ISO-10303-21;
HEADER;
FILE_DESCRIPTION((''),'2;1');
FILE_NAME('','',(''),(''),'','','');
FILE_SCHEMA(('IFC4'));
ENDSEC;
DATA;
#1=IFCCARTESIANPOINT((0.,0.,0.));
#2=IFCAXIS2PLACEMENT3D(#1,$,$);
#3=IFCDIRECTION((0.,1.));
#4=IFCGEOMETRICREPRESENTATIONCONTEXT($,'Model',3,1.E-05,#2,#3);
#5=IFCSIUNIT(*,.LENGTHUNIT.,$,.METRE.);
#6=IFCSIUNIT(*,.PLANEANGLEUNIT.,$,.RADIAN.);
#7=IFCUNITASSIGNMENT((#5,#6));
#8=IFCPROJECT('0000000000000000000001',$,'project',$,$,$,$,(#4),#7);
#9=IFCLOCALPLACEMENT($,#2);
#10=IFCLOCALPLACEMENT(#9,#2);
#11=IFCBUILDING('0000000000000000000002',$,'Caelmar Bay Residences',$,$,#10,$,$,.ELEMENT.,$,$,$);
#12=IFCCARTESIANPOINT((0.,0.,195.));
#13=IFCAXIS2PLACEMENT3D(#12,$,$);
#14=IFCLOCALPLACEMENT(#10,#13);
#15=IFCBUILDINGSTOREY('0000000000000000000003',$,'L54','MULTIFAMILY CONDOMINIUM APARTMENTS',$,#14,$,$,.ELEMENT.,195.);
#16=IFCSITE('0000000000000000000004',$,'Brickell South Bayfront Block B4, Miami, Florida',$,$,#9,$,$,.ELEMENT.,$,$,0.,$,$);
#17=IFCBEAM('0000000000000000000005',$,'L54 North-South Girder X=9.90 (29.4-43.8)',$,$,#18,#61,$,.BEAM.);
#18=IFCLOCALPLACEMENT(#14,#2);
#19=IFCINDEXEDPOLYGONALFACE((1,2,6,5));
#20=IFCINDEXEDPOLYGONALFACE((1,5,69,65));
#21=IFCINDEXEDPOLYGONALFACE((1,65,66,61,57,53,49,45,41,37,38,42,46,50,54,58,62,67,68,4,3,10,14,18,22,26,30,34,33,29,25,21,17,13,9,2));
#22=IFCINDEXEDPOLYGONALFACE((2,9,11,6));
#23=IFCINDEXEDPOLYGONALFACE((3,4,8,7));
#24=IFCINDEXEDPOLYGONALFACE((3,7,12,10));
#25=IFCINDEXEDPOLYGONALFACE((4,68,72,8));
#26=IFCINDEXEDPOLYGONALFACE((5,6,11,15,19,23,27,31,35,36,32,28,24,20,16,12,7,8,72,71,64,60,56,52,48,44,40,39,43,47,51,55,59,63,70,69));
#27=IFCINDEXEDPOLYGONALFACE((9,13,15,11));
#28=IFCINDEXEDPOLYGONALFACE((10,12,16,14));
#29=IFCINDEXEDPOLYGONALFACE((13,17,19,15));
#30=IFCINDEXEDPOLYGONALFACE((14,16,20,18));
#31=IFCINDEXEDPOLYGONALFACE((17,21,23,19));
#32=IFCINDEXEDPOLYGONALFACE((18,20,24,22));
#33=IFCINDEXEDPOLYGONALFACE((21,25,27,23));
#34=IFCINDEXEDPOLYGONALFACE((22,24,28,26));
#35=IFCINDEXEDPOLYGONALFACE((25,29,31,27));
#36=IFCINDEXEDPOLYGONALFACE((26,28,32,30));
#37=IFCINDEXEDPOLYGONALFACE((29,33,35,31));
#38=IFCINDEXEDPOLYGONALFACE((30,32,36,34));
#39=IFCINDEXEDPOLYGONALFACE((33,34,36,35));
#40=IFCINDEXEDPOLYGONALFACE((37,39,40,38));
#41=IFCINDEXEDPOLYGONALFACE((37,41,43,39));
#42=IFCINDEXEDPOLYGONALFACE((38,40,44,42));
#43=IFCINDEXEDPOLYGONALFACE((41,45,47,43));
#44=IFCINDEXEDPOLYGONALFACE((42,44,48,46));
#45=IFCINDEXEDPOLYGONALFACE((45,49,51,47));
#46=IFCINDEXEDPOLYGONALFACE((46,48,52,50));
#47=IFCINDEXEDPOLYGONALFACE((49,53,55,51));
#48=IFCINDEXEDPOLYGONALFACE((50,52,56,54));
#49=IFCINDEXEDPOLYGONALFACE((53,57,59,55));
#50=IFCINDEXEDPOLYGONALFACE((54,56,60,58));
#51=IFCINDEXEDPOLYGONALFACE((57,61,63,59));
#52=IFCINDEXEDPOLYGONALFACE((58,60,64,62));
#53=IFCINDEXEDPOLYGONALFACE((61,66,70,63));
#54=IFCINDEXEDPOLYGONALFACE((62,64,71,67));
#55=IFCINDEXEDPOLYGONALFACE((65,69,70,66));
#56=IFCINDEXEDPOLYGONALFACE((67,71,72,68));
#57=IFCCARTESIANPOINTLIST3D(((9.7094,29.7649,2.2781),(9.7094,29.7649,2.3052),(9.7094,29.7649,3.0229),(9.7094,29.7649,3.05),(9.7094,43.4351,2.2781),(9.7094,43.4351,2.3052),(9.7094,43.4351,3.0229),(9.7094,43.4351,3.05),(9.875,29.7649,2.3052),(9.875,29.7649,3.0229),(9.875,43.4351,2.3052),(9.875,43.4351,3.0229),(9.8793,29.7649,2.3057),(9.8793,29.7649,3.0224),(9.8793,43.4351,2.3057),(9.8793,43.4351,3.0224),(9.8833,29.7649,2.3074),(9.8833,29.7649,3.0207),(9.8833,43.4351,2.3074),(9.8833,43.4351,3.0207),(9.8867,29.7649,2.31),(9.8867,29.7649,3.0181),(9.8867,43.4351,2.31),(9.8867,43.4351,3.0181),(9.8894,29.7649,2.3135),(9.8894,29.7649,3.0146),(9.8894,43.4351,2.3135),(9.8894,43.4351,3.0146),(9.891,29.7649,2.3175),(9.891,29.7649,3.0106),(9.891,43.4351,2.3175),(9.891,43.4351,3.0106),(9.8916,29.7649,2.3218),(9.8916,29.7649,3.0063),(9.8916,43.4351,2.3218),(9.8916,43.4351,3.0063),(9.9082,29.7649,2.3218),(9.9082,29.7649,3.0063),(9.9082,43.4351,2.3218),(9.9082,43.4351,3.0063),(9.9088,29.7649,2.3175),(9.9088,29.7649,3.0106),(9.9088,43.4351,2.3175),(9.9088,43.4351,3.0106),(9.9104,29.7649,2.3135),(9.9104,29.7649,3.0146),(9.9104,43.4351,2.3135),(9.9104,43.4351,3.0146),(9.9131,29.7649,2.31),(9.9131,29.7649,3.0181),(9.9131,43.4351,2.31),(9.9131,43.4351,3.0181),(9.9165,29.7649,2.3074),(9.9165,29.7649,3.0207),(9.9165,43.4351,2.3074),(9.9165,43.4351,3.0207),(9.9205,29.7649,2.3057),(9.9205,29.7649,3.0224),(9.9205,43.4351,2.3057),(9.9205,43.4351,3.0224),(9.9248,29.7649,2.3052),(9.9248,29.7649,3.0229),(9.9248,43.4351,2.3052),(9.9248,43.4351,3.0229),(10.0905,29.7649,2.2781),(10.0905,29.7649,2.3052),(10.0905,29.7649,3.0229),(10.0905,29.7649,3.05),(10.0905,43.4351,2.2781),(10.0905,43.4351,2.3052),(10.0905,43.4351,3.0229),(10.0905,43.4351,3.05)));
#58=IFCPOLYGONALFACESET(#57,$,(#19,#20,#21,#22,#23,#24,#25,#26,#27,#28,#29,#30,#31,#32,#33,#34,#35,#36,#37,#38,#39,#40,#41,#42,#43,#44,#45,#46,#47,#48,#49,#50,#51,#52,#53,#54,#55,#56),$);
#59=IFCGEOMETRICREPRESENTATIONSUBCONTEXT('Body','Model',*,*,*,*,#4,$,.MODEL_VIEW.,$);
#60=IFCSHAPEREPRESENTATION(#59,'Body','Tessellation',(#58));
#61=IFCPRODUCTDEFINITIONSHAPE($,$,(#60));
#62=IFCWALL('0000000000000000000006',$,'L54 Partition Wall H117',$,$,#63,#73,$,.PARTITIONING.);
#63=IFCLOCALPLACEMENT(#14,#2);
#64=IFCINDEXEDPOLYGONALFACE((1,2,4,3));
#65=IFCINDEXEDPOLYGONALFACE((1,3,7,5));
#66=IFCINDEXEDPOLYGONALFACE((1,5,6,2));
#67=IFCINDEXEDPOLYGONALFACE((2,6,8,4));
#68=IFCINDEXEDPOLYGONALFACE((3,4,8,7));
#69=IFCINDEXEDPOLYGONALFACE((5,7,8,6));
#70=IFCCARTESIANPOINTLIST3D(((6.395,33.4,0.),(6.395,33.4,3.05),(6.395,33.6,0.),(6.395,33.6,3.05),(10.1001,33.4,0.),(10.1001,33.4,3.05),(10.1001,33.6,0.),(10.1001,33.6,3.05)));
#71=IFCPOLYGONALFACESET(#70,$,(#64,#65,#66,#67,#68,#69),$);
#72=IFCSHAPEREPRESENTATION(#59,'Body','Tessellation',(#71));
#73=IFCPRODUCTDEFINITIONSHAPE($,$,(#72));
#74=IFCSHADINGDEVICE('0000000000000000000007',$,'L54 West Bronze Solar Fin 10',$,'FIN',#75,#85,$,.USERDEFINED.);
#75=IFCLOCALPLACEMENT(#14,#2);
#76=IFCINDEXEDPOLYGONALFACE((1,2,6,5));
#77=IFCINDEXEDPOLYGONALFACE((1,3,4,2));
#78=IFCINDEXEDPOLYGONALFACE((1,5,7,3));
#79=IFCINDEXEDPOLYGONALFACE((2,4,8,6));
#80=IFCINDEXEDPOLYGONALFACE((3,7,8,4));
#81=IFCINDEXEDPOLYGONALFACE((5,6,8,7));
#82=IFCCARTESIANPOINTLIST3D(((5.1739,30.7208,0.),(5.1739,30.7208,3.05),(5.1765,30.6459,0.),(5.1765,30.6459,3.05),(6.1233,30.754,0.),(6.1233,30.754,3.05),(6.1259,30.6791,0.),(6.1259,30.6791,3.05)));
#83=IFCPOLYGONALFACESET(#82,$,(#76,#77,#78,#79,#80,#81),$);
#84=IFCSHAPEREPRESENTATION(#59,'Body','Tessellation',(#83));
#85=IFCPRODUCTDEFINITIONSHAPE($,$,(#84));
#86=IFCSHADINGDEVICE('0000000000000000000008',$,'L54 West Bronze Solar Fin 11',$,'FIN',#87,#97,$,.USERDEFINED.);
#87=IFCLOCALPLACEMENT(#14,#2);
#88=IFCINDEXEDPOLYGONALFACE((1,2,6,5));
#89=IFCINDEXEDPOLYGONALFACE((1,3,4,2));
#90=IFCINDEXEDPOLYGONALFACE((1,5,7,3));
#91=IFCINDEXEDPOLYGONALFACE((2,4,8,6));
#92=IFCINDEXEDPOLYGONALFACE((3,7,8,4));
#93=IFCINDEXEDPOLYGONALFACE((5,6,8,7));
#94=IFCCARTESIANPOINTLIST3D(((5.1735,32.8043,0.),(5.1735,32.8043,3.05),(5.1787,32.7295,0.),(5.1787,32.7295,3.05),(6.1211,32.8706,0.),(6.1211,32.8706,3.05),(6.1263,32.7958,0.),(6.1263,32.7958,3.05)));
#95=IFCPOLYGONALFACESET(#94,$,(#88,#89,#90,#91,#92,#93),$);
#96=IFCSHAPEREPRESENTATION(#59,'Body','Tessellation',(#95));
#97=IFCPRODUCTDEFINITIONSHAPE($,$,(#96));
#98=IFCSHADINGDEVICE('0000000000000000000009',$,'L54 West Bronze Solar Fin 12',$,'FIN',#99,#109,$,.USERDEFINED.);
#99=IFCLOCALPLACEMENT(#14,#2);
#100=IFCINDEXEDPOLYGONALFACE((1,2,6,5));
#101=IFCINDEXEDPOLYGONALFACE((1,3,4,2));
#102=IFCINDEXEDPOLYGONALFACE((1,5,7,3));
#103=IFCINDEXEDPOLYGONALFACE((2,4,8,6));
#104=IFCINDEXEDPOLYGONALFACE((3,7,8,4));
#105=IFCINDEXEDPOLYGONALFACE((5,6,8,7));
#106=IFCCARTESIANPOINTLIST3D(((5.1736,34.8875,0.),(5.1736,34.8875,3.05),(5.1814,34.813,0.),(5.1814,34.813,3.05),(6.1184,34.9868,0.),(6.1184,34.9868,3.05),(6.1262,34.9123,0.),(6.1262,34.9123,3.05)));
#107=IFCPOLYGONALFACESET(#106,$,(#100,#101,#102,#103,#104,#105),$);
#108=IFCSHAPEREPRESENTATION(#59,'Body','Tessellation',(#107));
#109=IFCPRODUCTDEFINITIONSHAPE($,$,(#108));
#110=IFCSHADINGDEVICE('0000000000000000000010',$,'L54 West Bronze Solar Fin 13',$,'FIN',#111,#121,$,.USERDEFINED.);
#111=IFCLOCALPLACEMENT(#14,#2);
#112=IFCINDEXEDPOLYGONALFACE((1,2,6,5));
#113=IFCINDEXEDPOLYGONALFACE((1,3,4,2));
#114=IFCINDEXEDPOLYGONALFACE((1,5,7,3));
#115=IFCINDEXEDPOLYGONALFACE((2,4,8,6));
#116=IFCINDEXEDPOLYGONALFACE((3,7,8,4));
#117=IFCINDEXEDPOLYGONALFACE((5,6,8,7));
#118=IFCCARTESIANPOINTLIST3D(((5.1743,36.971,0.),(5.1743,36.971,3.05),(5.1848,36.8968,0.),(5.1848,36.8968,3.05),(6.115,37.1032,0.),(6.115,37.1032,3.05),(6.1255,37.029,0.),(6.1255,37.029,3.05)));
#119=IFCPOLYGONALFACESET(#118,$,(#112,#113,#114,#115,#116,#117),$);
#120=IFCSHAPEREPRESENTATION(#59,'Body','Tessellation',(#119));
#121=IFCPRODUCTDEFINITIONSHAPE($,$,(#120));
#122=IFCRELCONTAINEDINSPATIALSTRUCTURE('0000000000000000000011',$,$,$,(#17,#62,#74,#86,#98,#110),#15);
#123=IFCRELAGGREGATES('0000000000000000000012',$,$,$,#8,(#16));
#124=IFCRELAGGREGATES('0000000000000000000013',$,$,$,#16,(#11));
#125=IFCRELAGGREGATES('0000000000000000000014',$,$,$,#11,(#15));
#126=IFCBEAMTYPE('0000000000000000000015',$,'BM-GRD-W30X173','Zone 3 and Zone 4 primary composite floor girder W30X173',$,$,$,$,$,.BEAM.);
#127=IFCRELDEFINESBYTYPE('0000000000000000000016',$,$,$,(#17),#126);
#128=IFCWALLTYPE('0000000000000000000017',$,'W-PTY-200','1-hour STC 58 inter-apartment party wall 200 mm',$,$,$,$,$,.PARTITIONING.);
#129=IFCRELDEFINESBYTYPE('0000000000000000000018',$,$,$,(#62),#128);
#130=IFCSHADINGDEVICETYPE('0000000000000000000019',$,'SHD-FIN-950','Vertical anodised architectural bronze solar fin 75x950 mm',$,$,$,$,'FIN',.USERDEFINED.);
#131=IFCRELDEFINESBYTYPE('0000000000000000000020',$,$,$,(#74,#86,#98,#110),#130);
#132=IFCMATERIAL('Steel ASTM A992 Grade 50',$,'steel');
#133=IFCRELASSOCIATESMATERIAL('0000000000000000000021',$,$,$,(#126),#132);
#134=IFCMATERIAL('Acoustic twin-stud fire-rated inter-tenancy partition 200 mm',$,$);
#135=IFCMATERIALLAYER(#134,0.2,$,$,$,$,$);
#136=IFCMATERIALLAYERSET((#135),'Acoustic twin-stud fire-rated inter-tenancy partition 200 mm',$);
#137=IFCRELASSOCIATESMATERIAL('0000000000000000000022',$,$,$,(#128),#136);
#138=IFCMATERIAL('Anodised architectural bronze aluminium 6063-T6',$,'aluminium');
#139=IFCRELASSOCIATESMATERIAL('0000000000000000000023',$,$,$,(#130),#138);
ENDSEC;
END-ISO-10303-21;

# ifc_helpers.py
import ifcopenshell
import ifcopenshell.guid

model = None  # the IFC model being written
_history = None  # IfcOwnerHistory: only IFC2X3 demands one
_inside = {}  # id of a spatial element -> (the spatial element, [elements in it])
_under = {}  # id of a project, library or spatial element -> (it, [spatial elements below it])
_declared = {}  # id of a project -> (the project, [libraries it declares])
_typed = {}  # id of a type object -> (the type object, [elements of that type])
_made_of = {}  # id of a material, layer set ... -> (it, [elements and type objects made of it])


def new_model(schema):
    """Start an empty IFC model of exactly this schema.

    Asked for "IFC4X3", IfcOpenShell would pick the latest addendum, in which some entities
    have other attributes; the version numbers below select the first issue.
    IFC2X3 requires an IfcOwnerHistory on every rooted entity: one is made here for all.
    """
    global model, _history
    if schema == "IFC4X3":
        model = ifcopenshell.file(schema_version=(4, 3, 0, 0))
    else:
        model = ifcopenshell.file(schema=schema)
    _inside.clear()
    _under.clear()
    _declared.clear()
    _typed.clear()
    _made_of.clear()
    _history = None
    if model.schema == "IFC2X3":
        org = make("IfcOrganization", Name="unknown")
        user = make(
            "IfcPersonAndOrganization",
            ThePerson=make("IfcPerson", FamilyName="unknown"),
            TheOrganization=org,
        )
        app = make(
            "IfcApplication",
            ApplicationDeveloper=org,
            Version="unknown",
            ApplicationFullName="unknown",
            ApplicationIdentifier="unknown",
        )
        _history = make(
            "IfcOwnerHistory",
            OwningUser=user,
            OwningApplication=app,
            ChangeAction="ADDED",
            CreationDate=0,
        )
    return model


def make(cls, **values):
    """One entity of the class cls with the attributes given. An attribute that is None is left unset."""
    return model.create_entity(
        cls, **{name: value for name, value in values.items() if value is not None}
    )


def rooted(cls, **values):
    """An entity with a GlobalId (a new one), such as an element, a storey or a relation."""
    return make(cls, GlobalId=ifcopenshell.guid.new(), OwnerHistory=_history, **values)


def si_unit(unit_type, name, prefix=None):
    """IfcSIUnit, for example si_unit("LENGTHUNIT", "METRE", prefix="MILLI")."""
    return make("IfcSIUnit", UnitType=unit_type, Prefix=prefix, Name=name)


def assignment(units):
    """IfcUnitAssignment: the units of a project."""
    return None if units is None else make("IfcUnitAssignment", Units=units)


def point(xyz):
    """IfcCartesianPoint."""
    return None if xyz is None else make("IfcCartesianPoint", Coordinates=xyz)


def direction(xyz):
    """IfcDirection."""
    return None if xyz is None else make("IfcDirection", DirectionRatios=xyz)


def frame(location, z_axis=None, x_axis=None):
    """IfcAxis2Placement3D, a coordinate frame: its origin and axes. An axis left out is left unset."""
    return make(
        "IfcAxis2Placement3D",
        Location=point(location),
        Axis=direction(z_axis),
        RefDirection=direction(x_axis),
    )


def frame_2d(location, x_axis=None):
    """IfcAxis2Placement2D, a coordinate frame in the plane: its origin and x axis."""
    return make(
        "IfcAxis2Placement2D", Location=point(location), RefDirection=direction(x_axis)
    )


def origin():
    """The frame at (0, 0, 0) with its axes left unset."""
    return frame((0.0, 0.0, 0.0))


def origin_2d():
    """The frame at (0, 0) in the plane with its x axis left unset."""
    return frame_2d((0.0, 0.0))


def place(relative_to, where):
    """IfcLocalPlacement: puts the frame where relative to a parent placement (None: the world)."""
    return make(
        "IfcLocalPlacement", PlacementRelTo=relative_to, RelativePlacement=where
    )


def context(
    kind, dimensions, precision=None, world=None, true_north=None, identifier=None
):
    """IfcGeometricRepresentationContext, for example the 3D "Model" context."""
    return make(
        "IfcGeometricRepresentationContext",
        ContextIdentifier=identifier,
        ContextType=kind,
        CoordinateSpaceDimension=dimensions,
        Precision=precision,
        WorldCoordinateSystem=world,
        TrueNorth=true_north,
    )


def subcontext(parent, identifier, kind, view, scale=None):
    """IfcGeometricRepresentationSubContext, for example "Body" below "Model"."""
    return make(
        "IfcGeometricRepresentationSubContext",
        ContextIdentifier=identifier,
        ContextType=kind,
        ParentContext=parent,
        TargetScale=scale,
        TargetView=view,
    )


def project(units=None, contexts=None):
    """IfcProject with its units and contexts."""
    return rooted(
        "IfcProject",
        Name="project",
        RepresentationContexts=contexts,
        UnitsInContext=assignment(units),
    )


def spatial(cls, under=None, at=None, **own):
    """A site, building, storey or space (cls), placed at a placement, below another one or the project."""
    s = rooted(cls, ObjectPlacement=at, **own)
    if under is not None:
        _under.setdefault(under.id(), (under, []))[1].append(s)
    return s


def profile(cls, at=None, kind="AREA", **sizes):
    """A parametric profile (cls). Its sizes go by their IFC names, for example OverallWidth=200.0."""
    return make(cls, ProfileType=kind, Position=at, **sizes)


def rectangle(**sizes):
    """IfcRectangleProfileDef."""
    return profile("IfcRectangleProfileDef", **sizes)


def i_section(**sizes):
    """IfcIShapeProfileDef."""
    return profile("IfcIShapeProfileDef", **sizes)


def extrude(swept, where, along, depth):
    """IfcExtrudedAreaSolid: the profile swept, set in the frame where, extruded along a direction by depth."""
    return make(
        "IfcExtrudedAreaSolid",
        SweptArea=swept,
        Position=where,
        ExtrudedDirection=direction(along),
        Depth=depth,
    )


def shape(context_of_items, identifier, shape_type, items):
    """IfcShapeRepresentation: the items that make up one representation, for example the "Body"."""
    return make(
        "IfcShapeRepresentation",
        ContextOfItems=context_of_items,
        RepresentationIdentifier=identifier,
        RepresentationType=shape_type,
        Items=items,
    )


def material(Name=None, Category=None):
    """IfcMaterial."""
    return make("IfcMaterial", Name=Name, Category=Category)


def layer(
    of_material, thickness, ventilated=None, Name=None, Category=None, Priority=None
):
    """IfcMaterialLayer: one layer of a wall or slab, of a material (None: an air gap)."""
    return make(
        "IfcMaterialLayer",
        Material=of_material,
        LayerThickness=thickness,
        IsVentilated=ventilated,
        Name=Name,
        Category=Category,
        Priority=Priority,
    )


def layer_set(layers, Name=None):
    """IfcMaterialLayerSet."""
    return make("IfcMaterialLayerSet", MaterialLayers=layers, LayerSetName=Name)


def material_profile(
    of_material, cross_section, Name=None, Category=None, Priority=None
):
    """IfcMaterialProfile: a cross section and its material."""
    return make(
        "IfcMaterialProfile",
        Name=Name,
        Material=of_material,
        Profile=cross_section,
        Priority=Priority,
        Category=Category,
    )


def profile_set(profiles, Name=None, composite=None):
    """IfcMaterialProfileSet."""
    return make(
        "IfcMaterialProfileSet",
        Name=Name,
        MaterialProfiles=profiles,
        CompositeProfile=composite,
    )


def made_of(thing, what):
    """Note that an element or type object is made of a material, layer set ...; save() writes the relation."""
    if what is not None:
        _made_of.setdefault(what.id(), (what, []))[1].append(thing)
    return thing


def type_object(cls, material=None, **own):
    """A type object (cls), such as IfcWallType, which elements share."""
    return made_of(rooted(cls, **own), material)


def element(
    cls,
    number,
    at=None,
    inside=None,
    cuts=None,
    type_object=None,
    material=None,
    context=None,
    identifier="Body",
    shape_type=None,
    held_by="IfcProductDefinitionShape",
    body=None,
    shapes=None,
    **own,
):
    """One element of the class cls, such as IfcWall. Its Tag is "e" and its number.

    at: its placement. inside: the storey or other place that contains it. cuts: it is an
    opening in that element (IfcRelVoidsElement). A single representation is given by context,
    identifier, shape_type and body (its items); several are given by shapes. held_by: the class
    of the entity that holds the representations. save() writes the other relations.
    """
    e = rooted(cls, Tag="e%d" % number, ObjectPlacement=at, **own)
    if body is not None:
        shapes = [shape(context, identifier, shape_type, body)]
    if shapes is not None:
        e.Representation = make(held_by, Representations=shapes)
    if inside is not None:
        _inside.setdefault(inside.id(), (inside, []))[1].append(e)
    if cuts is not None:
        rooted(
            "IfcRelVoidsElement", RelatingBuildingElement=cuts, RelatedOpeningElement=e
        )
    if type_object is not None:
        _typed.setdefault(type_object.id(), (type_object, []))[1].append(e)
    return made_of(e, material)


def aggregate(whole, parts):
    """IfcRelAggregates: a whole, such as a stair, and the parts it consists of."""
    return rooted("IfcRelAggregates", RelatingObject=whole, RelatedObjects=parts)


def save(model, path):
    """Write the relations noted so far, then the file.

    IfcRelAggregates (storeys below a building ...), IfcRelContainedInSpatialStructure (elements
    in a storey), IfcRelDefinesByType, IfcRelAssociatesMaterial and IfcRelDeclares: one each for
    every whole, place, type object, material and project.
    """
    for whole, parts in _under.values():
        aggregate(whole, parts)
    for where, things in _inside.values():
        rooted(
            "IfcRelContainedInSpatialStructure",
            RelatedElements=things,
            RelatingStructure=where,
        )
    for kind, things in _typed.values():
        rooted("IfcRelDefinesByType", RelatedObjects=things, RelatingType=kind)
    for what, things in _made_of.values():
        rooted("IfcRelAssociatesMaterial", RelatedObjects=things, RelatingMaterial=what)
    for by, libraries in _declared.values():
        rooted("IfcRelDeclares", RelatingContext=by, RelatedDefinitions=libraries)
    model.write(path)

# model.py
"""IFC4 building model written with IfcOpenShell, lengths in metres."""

from ifc_helpers import new_model, si_unit, direction, frame, frame_2d, origin, origin_2d, place, context, subcontext, project, spatial, rectangle, i_section, extrude, material, layer, layer_set, material_profile, profile_set, type_object, element, save


model = new_model("IFC4")

# Units and contexts
model_context = context("Model", 3, precision=1e-05, world=origin(), true_north=direction((0.0, 1.0)))
body_context = subcontext(model_context, "Body", "Model", "MODEL_VIEW")
ifc_project = project(units=[si_unit("LENGTHUNIT", "METRE"), si_unit("PLANEANGLEUNIT", "RADIAN")], contexts=[model_context])

# Site, building, storey
site_placement = place(None, origin())
site = spatial("IfcSite", under=ifc_project, at=site_placement, Name="Brickell South Bayfront Block B4, Miami, Florida", CompositionType="ELEMENT", RefElevation=0.0)
building_placement = place(site_placement, origin())
building = spatial("IfcBuilding", under=site, at=building_placement, Name="Caelmar Bay Residences", CompositionType="ELEMENT")
storey_placement = place(building_placement, frame((0.0, 0.0, 195.0)))
storey = spatial("IfcBuildingStorey", under=building, at=storey_placement, Name="L54", Description="MULTIFAMILY CONDOMINIUM APARTMENTS", CompositionType="ELEMENT", Elevation=195.0)

# Beam
ifc_material_1 = material(Name="Steel ASTM A992 Grade 50", Category="steel")
ifc_material_profile_1 = material_profile(ifc_material_1, i_section(OverallWidth=0.3811, OverallDepth=0.772, WebThickness=0.0166, FlangeThickness=0.0271, FilletRadius=0.0166, at=origin_2d()), Name="W30X173")
ifc_profile_set_1 = profile_set([ifc_material_profile_1], Name="Steel ASTM A992 Grade 50")
beam_type = type_object("IfcBeamType", Name="BM-GRD-W30X173", Description="Zone 3 and Zone 4 primary composite floor girder W30X173", PredefinedType="BEAM", material=ifc_profile_set_1)
beam_placement = place(storey_placement, frame((9.8999, 29.7649, 2.6641), z_axis=(0.0, 1.0, 0.0), x_axis=(-1.0, 0.0, 0.0)))
element("IfcBeam", 1, at=beam_placement, inside=storey, type_object=beam_type, Name="L54 North-South Girder X=9.90 (29.4-43.8)", PredefinedType="BEAM", context=body_context, shape_type="SweptSolid", body=[
    extrude(i_section(OverallWidth=0.3811, OverallDepth=0.772, WebThickness=0.0166, FlangeThickness=0.0271, FilletRadius=0.0166, at=origin_2d()), origin(), (0.0, 0.0, 1.0), 13.6702),
])

# Wall
ifc_material_2 = material(Name="Acoustic twin-stud fire-rated inter-tenancy partition 200 mm")
ifc_layer = layer(ifc_material_2, 0.2)
ifc_layer_set = layer_set([ifc_layer], Name="Acoustic twin-stud fire-rated inter-tenancy partition 200 mm")
wall_type = type_object("IfcWallType", Name="W-PTY-200", Description="1-hour STC 58 inter-apartment party wall 200 mm", PredefinedType="PARTITIONING", material=ifc_layer_set)
wall_placement = place(storey_placement, frame((6.395, 33.5, 0.0), z_axis=(0.0, 0.0, 1.0), x_axis=(1.0, 0.0, 0.0)))
element("IfcWall", 2, at=wall_placement, inside=storey, type_object=wall_type, Name="L54 Partition Wall H117", PredefinedType="PARTITIONING", context=body_context, shape_type="SweptSolid", body=[
    extrude(rectangle(XDim=3.7051, YDim=0.2, at=frame_2d((1.8525, 0.0))), origin(), (0.0, 0.0, 1.0), 3.05),
])

# Shading devices
ifc_material_3 = material(Name="Anodised architectural bronze aluminium 6063-T6", Category="aluminium")
ifc_material_profile_2 = material_profile(ifc_material_3, rectangle(XDim=0.075, YDim=0.95, at=origin_2d()), Name="BRONZE-FIN-75X950")
ifc_profile_set_2 = profile_set([ifc_material_profile_2], Name="Anodised architectural bronze aluminium 6063-T6")
shading_device_type = type_object("IfcShadingDeviceType", Name="SHD-FIN-950", Description="Vertical anodised architectural bronze solar fin 75x950 mm", ElementType="FIN", PredefinedType="USERDEFINED", material=ifc_profile_set_2)
for number, where, z_axis, x_axis, name in (
    (3, (5.6499, 30.7, 0.0), (0.0, 0.0, 1.0), (-0.034899, 0.999391, 0.0), "L54 West Bronze Solar Fin 10"),
    (4, (5.6499, 32.8, 0.0), (0.0, 0.0, 1.0), (-0.069756, 0.997564, 0.0), "L54 West Bronze Solar Fin 11"),
    (5, (5.6499, 34.8999, 0.0), (0.0, 0.0, 1.0), (-0.104528, 0.994522, 0.0), "L54 West Bronze Solar Fin 12"),
    (6, (5.6499, 37.0, 0.0), (0.0, 0.0, 1.0), (-0.139173, 0.990268, 0.0), "L54 West Bronze Solar Fin 13"),
):
    element("IfcShadingDevice", number, at=place(storey_placement, frame(where, z_axis=z_axis, x_axis=x_axis)), inside=storey, type_object=shading_device_type, Name=name, ObjectType="FIN", PredefinedType="USERDEFINED", context=body_context, shape_type="SweptSolid", body=[
        extrude(rectangle(XDim=0.075, YDim=0.95, at=origin_2d()), origin(), (0.0, 0.0, 1.0), 3.05),
    ])

save(model, "model.ifc")
